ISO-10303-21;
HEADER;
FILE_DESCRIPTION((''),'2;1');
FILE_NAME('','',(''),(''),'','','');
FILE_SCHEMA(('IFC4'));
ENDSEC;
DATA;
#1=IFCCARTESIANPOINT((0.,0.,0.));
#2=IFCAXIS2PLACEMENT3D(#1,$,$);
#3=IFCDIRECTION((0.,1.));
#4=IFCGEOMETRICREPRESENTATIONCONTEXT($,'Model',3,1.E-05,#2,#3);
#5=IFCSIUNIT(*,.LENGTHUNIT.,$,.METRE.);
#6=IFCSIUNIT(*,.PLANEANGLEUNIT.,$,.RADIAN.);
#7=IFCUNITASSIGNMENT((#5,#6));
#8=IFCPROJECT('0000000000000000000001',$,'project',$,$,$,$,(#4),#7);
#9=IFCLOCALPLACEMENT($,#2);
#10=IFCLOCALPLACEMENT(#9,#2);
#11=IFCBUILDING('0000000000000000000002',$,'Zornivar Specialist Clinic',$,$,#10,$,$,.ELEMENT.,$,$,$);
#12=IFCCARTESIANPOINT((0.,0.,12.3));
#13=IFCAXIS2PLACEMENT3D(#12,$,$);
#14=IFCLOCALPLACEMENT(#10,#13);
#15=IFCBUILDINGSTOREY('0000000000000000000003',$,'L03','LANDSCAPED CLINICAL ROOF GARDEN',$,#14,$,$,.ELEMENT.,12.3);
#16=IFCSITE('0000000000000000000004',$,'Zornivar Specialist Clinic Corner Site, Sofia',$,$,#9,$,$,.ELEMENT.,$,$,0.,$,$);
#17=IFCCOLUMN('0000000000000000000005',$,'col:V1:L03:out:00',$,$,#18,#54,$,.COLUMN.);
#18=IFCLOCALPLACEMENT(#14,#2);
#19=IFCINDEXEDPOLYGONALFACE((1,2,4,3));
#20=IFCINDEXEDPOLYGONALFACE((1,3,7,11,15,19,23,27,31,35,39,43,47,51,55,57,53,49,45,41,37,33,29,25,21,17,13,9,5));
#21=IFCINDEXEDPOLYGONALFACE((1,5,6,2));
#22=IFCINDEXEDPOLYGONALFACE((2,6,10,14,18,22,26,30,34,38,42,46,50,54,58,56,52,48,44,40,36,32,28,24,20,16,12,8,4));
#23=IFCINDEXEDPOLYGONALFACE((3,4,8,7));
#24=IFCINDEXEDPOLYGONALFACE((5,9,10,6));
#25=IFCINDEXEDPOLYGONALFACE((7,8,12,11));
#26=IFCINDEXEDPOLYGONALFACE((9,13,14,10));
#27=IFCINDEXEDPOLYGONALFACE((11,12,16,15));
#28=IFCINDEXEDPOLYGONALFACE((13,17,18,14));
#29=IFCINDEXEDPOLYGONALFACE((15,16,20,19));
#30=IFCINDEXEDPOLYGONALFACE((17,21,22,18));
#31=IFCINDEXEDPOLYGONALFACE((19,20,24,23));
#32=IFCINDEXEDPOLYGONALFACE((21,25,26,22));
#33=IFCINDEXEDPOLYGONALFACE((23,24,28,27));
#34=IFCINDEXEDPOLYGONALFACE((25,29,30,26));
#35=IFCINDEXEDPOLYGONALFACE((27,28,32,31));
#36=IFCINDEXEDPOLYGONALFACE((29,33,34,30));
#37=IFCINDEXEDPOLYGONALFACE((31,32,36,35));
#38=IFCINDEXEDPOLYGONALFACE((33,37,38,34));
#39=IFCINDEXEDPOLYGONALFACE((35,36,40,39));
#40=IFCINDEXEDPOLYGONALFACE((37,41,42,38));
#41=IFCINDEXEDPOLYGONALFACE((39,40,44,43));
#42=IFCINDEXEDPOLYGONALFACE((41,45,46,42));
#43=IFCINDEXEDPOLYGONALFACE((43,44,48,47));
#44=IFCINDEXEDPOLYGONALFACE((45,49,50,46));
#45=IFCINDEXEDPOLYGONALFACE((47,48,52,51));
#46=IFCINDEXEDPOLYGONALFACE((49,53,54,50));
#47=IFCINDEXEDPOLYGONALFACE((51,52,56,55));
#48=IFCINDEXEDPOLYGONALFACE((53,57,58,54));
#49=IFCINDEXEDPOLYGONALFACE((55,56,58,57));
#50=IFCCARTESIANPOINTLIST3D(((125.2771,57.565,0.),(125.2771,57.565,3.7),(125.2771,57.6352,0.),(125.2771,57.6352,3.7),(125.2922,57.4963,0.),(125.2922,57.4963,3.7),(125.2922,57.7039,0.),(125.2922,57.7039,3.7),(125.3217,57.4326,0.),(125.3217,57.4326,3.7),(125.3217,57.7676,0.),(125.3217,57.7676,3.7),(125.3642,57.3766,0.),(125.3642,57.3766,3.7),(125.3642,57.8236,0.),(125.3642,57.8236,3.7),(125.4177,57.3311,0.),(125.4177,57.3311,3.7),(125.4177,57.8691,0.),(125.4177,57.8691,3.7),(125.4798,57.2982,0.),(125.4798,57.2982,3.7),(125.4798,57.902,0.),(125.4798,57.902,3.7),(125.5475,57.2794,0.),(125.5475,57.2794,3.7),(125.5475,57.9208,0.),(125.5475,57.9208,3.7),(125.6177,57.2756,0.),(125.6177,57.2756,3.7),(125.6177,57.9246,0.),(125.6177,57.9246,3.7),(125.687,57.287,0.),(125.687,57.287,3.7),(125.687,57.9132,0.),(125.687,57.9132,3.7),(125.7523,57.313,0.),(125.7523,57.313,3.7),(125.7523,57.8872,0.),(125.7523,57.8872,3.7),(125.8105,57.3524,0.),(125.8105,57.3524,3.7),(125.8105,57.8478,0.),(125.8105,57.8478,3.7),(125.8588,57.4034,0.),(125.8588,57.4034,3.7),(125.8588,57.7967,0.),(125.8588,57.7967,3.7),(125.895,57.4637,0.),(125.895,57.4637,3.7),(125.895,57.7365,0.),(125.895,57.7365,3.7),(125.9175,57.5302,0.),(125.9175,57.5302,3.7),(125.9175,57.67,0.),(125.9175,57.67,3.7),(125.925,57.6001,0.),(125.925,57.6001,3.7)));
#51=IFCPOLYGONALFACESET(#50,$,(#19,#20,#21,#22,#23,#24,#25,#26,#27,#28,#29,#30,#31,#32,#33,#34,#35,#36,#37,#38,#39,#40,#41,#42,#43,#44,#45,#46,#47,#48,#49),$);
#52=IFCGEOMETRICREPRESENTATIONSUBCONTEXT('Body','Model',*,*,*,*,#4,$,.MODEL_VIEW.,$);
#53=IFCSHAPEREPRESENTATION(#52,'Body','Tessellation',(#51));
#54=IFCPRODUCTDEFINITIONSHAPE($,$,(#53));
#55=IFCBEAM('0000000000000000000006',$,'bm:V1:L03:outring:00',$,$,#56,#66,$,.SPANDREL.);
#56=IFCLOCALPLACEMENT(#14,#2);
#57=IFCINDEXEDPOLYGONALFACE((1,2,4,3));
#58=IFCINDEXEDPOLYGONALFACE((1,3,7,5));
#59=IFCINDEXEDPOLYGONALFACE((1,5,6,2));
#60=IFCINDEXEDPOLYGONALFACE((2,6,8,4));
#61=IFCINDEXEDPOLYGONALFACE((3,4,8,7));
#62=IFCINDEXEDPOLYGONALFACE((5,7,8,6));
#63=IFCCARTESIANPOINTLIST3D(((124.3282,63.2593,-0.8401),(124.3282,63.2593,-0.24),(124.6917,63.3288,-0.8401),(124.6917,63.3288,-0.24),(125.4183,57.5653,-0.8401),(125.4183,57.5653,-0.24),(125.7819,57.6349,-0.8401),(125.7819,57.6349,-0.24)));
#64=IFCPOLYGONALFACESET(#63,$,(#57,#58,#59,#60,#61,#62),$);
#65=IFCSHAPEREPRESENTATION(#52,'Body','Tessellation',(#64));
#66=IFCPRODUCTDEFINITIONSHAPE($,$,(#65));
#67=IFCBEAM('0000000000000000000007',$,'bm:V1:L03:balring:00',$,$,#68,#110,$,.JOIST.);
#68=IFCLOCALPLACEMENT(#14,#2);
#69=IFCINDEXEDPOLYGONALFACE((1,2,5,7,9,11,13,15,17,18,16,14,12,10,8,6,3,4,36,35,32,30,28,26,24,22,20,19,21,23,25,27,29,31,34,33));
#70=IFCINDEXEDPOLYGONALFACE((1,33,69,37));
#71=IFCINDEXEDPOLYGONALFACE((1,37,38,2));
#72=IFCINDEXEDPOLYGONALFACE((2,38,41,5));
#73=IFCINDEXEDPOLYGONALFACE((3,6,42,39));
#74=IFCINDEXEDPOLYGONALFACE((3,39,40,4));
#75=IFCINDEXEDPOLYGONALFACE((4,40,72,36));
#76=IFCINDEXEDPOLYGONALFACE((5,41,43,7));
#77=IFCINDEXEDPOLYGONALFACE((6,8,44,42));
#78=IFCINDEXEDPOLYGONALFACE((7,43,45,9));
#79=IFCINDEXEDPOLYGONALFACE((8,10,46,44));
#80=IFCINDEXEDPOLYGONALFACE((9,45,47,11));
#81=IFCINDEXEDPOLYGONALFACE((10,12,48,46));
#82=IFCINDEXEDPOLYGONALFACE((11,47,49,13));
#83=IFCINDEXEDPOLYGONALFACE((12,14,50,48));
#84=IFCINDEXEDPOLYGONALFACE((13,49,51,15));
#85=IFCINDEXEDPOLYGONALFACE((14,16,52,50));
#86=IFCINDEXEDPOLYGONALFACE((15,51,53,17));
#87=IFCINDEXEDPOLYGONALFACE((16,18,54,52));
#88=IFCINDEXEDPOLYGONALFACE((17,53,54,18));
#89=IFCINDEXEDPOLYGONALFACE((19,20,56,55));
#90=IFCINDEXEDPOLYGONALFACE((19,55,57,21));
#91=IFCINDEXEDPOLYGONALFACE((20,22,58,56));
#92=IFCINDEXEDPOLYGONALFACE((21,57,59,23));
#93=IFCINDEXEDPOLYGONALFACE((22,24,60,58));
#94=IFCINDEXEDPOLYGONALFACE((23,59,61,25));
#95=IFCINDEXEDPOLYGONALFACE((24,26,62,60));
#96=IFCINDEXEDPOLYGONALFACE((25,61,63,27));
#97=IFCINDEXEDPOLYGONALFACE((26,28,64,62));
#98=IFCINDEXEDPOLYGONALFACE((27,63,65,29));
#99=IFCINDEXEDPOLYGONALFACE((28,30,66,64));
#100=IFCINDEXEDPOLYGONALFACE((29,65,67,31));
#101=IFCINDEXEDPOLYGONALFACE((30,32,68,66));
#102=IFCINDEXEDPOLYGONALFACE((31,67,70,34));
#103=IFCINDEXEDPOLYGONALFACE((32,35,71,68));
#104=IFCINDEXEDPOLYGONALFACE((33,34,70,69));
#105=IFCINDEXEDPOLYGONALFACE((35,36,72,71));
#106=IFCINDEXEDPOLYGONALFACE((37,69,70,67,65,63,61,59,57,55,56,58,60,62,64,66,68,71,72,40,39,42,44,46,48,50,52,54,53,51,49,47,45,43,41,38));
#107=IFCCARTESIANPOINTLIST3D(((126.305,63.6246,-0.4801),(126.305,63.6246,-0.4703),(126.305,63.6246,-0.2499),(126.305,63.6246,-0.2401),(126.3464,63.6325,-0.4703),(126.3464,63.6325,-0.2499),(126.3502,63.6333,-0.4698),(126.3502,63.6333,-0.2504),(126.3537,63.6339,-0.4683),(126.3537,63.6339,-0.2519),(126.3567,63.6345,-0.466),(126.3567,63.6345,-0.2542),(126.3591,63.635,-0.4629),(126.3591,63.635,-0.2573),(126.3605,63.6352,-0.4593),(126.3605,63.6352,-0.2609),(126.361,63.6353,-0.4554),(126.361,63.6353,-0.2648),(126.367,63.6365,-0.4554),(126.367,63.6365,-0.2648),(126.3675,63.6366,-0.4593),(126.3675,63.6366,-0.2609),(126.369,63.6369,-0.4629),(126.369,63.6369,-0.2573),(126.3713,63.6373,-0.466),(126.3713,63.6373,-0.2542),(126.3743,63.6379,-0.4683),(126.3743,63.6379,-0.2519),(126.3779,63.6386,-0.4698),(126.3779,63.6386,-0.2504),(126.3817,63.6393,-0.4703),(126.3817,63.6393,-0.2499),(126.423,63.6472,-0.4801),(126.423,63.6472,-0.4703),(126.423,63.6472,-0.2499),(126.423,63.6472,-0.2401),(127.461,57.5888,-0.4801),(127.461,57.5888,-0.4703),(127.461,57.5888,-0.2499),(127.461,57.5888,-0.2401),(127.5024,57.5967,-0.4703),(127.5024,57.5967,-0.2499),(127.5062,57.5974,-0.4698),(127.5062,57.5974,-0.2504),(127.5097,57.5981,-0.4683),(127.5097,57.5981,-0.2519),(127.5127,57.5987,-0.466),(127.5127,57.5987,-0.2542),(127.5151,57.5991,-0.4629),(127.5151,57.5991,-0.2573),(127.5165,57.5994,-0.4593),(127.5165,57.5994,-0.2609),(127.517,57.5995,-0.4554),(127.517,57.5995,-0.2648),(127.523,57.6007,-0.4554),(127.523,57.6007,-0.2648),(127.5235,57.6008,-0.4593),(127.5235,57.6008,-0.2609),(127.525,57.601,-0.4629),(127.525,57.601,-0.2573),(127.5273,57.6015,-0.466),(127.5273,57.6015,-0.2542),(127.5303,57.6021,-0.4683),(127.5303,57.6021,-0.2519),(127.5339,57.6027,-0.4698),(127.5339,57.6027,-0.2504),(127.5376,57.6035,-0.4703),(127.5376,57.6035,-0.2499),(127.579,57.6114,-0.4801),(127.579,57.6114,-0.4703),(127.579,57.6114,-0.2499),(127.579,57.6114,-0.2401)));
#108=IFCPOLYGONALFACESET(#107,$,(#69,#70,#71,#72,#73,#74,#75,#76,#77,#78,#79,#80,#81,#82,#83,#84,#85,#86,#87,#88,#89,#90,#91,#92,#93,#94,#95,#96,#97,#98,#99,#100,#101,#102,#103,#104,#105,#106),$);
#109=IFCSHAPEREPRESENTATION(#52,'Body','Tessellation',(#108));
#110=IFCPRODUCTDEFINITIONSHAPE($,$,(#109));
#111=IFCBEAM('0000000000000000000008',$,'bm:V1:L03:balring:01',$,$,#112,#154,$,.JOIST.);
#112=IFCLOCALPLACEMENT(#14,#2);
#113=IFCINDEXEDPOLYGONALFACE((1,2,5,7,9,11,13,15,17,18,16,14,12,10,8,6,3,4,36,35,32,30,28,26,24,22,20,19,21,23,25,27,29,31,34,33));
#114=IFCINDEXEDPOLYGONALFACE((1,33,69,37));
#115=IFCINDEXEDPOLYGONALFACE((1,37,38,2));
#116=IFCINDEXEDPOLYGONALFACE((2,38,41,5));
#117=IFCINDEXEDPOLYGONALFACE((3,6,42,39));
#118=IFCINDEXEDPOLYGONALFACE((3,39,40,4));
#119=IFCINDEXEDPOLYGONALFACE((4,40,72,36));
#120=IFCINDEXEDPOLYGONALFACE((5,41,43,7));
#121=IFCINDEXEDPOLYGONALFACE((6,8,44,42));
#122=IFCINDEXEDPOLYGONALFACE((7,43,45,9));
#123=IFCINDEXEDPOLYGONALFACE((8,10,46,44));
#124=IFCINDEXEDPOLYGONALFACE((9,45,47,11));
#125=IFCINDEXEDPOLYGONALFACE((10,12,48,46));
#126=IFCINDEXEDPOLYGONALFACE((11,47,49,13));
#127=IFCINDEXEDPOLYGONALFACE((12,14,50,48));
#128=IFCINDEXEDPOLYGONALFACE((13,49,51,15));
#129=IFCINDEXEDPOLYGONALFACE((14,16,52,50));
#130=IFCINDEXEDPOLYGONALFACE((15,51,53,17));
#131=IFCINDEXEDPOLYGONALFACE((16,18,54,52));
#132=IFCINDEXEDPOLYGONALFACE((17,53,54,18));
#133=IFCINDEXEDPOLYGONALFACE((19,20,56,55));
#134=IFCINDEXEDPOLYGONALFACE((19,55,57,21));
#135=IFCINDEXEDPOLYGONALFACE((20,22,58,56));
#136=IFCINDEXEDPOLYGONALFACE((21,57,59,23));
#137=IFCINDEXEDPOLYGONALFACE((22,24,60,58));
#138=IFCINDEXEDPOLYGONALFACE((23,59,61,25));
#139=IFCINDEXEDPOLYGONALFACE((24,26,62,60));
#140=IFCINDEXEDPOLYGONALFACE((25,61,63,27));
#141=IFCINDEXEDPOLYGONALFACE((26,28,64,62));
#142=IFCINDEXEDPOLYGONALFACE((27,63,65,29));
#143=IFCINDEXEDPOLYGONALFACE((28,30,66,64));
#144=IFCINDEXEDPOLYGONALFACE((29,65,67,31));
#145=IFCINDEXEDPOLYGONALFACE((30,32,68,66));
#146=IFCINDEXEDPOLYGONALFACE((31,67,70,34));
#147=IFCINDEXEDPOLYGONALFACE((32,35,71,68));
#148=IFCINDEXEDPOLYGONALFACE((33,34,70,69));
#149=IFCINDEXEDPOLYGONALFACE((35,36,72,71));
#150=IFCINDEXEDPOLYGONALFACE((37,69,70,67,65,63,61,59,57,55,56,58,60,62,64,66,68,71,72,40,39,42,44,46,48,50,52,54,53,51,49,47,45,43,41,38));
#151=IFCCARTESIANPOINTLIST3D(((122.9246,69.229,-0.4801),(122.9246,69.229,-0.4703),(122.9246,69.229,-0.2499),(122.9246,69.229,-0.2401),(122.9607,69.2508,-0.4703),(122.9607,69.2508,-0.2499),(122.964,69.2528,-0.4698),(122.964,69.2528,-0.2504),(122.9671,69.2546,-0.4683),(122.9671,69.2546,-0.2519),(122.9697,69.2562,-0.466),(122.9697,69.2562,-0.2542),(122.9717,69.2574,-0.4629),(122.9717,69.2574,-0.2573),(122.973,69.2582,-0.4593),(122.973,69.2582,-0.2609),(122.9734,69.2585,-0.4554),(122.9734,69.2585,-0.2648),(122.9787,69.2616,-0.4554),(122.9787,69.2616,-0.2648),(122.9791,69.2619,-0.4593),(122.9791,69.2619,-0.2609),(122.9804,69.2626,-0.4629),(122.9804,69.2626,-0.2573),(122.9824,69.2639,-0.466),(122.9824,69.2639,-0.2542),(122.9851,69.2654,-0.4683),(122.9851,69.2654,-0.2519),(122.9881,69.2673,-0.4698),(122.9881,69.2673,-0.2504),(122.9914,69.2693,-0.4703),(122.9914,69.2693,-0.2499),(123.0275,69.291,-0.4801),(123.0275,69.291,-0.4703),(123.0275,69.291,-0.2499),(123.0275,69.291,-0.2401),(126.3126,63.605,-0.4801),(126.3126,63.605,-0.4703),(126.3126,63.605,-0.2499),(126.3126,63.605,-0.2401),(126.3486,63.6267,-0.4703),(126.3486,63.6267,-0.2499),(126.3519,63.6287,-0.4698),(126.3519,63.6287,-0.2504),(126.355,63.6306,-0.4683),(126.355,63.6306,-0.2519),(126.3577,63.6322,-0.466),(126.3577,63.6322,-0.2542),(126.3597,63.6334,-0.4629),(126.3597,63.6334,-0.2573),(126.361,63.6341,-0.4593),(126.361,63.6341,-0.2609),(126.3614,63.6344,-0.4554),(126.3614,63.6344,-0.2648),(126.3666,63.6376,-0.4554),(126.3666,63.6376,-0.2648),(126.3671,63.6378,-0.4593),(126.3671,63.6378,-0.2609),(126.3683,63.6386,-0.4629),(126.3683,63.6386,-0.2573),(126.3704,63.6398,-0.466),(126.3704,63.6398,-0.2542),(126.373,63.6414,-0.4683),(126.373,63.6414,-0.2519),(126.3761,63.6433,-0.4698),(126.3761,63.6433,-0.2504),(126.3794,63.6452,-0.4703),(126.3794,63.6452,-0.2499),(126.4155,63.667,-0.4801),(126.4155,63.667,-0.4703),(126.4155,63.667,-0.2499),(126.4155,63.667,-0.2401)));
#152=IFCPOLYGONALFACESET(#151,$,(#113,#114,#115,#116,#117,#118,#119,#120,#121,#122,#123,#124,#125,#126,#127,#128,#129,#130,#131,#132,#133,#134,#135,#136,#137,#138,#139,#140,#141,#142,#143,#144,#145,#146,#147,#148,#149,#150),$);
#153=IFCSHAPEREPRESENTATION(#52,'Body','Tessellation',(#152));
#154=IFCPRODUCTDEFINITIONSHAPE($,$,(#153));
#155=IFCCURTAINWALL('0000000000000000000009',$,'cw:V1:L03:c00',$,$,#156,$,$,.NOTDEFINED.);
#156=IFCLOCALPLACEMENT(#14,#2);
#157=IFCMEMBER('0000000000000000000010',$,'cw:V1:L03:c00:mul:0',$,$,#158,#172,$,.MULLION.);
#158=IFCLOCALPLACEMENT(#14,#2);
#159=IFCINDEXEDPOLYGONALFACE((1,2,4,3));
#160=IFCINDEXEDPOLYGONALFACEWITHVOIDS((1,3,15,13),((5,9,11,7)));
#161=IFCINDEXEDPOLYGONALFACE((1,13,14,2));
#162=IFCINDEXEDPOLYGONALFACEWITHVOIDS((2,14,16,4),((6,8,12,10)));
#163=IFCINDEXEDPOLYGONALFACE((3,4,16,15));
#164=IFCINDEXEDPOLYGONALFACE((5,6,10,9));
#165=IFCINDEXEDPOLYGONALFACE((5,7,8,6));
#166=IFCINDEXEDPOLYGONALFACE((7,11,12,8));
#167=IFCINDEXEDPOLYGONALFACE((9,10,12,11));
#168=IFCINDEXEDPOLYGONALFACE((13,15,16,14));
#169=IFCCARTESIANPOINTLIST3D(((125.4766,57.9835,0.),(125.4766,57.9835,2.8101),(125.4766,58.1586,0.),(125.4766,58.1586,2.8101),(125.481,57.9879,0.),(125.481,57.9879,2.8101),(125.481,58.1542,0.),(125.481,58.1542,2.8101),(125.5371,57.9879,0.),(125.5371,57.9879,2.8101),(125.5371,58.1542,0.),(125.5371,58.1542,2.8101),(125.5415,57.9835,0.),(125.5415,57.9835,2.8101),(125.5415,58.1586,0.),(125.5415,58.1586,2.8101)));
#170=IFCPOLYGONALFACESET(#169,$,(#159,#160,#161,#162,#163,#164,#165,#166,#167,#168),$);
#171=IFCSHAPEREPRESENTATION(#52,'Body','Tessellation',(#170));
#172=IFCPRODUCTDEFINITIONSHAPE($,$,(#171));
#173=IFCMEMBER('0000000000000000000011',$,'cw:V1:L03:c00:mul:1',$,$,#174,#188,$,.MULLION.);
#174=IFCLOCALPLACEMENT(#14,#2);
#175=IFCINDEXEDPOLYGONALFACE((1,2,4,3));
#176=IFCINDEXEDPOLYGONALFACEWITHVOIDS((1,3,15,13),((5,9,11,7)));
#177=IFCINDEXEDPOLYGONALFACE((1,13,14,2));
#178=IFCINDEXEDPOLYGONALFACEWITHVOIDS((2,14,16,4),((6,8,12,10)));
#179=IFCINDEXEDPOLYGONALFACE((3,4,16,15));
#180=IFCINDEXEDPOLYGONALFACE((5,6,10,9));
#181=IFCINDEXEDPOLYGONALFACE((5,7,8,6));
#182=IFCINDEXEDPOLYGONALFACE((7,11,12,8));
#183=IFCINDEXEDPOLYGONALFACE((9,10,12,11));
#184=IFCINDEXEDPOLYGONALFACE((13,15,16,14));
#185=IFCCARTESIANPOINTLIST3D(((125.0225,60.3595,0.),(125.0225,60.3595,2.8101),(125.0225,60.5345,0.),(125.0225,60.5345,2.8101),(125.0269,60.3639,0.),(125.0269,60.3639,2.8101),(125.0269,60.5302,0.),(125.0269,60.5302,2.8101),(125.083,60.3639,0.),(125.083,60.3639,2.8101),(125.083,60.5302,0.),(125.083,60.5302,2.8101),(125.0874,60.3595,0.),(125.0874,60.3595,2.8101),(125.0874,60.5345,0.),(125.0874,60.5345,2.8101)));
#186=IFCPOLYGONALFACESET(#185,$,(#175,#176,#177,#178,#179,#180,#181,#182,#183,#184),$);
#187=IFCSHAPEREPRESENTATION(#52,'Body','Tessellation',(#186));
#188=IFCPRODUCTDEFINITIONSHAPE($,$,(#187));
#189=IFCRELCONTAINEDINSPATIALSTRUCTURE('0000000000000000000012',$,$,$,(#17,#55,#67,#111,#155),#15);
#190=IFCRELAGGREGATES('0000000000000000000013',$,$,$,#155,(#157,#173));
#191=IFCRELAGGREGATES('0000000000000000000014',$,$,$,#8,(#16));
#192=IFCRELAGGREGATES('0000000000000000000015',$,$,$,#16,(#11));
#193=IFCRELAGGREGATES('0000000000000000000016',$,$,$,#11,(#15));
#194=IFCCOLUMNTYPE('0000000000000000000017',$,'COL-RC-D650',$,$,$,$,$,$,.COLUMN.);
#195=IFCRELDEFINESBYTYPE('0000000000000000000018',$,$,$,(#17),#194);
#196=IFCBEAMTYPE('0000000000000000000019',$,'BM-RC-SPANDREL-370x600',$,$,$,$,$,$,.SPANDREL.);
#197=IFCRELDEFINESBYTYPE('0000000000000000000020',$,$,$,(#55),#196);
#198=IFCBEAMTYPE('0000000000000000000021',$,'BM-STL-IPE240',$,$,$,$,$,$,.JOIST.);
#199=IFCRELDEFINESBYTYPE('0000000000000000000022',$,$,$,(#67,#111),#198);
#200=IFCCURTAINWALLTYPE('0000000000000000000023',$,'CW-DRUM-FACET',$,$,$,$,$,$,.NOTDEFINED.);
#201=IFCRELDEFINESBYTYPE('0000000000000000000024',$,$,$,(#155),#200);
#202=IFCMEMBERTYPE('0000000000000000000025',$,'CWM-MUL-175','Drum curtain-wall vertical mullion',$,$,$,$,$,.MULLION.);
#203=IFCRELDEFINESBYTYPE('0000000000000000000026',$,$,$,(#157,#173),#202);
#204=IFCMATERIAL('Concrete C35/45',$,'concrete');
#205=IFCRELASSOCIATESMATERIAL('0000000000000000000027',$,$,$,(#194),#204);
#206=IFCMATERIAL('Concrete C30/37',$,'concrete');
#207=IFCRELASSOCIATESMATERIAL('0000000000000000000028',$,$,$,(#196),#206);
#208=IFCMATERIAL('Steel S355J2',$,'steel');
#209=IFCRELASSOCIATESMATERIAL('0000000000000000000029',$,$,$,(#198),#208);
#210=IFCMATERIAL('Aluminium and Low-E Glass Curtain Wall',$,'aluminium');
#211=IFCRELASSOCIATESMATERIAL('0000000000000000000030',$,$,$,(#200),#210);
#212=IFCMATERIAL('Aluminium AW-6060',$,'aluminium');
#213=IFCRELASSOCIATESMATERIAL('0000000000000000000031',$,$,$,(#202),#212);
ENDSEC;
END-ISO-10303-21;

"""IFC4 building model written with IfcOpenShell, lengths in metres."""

from ifc_helpers import new_model, si_unit, direction, frame, origin, origin_2d, place, context, subcontext, project, spatial, rectangle, hollow_rectangle, circle, i_section, extrude, material, material_profile, profile_set, type_object, element, aggregate, save


model = new_model("IFC4")

# Units and contexts
model_context = context("Model", 3, precision=1e-05, world=origin(), true_north=direction((0.0, 1.0)))
body_context = subcontext(model_context, "Body", "Model", "MODEL_VIEW")
ifc_project = project(units=[si_unit("LENGTHUNIT", "METRE"), si_unit("PLANEANGLEUNIT", "RADIAN")], contexts=[model_context])

# Site, building, storey
site_placement = place(None, origin())
site = spatial("IfcSite", under=ifc_project, at=site_placement, Name="Zornivar Specialist Clinic Corner Site, Sofia", CompositionType="ELEMENT", RefElevation=0.0)
building_placement = place(site_placement, origin())
building = spatial("IfcBuilding", under=site, at=building_placement, Name="Zornivar Specialist Clinic", CompositionType="ELEMENT")
storey_placement = place(building_placement, frame((0.0, 0.0, 12.3)))
storey = spatial("IfcBuildingStorey", under=building, at=storey_placement, Name="L03", Description="LANDSCAPED CLINICAL ROOF GARDEN", CompositionType="ELEMENT", Elevation=12.3)

# Column
ifc_material_1 = material(Name="Concrete C35/45", Category="concrete")
ifc_material_profile_1 = material_profile(ifc_material_1, circle(Radius=0.325, at=origin_2d()), Name="RC D650")
ifc_profile_set_1 = profile_set([ifc_material_profile_1], Name="Concrete C35/45")
column_type = type_object("IfcColumnType", Name="COL-RC-D650", PredefinedType="COLUMN", material=ifc_profile_set_1)
column_placement = place(storey_placement, frame((125.6001, 57.6001, 0.0), z_axis=(0.0, 0.0, 1.0), x_axis=(1.0, 0.0, 0.0)))
element("IfcColumn", 1, at=column_placement, inside=storey, type_object=column_type, Name="col:V1:L03:out:00", PredefinedType="COLUMN", context=body_context, shape_type="SweptSolid", body=[
    extrude(circle(Radius=0.325, at=origin_2d()), origin(), (0.0, 0.0, 1.0), 3.7),
])

# Beams
ifc_material_2 = material(Name="Concrete C30/37", Category="concrete")
ifc_material_profile_2 = material_profile(ifc_material_2, rectangle(XDim=0.3701, YDim=0.6001, at=origin_2d()), Name="RC 370x600")
ifc_profile_set_2 = profile_set([ifc_material_profile_2], Name="Concrete C30/37")
beam_type_1 = type_object("IfcBeamType", Name="BM-RC-SPANDREL-370x600", PredefinedType="SPANDREL", material=ifc_profile_set_2)
beam_1_placement = place(storey_placement, frame((125.6001, 57.6001, -0.54), z_axis=(-0.188035, 0.982162, 0.0), x_axis=(-0.982162, -0.188035, 0.0)))
element("IfcBeam", 2, at=beam_1_placement, inside=storey, type_object=beam_type_1, Name="bm:V1:L03:outring:00", PredefinedType="SPANDREL", context=body_context, shape_type="SweptSolid", body=[
    extrude(rectangle(XDim=0.3701, YDim=0.6001, at=origin_2d()), origin(), (0.0, 0.0, 1.0), 5.7974),
])
ifc_material_3 = material(Name="Steel S355J2", Category="steel")
ifc_material_profile_3 = material_profile(ifc_material_3, i_section(OverallWidth=0.1201, OverallDepth=0.24, WebThickness=0.0061, FlangeThickness=0.0098, FilletRadius=0.0149, at=origin_2d()), Name="IPE 240")
ifc_profile_set_3 = profile_set([ifc_material_profile_3], Name="Steel S355J2")
beam_type_2 = type_object("IfcBeamType", Name="BM-STL-IPE240", PredefinedType="JOIST", material=ifc_profile_set_3)
beam_2_placement = place(storey_placement, frame((127.52, 57.6001, -0.3601), z_axis=(-0.188103, 0.982149, 0.0), x_axis=(-0.982149, -0.188103, 0.0)))
element("IfcBeam", 3, at=beam_2_placement, inside=storey, type_object=beam_type_2, Name="bm:V1:L03:balring:00", PredefinedType="JOIST", context=body_context, shape_type="SweptSolid", body=[
    extrude(i_section(OverallWidth=0.1201, OverallDepth=0.24, WebThickness=0.0061, FlangeThickness=0.0098, FilletRadius=0.0149, at=origin_2d()), origin(), (0.0, 0.0, 1.0), 6.1455),
])
beam_3_placement = place(storey_placement, frame((126.364, 63.636, -0.3601), z_axis=(-0.51601, 0.856583, 0.0), x_axis=(-0.856583, -0.51601, 0.0)))
element("IfcBeam", 4, at=beam_3_placement, inside=storey, type_object=beam_type_2, Name="bm:V1:L03:balring:01", PredefinedType="JOIST", context=body_context, shape_type="SweptSolid", body=[
    extrude(i_section(OverallWidth=0.1201, OverallDepth=0.24, WebThickness=0.0061, FlangeThickness=0.0098, FilletRadius=0.0149, at=origin_2d()), origin(), (0.0, 0.0, 1.0), 6.5657),
])

# Curtain wall, members
ifc_material_4 = material(Name="Aluminium and Low-E Glass Curtain Wall", Category="aluminium")
curtain_wall_type = type_object("IfcCurtainWallType", Name="CW-DRUM-FACET", PredefinedType="NOTDEFINED", material=ifc_material_4)
curtain_wall_1_placement = place(storey_placement, origin())
curtain_wall_1 = element("IfcCurtainWall", 5, at=curtain_wall_1_placement, inside=storey, type_object=curtain_wall_type, Name="cw:V1:L03:c00", PredefinedType="NOTDEFINED")
ifc_material_5 = material(Name="Aluminium AW-6060", Category="aluminium")
ifc_material_profile_4 = material_profile(ifc_material_5, hollow_rectangle(XDim=0.0649, YDim=0.175, WallThickness=0.0044, at=origin_2d()), Name="ALU 65x175x4.5")
ifc_profile_set_4 = profile_set([ifc_material_profile_4], Name="Aluminium AW-6060")
member_type_1 = type_object("IfcMemberType", Name="CWM-MUL-175", Description="Drum curtain-wall vertical mullion", PredefinedType="MULLION", material=ifc_profile_set_4)
member_1_placement = place(storey_placement, frame((125.509, 58.071, 0.0), z_axis=(0.0, 0.0, 1.0), x_axis=(1.0, 0.0, 0.0)))
member_1 = element("IfcMember", 6, at=member_1_placement, type_object=member_type_1, Name="cw:V1:L03:c00:mul:0", PredefinedType="MULLION", context=body_context, shape_type="SweptSolid", body=[
    extrude(hollow_rectangle(XDim=0.0649, YDim=0.175, WallThickness=0.0044, at=origin_2d()), origin(), (0.0, 0.0, 1.0), 2.8101),
])
member_2_placement = place(storey_placement, frame((125.0549, 60.447, 0.0), z_axis=(0.0, 0.0, 1.0), x_axis=(1.0, 0.0, 0.0)))
member_2 = element("IfcMember", 7, at=member_2_placement, type_object=member_type_1, Name="cw:V1:L03:c00:mul:1", PredefinedType="MULLION", context=body_context, shape_type="SweptSolid", body=[
    extrude(hollow_rectangle(XDim=0.0649, YDim=0.175, WallThickness=0.0044, at=origin_2d()), origin(), (0.0, 0.0, 1.0), 2.8101),
])

aggregate(curtain_wall_1, [member_1, member_2])

save(model, "model.ifc")
